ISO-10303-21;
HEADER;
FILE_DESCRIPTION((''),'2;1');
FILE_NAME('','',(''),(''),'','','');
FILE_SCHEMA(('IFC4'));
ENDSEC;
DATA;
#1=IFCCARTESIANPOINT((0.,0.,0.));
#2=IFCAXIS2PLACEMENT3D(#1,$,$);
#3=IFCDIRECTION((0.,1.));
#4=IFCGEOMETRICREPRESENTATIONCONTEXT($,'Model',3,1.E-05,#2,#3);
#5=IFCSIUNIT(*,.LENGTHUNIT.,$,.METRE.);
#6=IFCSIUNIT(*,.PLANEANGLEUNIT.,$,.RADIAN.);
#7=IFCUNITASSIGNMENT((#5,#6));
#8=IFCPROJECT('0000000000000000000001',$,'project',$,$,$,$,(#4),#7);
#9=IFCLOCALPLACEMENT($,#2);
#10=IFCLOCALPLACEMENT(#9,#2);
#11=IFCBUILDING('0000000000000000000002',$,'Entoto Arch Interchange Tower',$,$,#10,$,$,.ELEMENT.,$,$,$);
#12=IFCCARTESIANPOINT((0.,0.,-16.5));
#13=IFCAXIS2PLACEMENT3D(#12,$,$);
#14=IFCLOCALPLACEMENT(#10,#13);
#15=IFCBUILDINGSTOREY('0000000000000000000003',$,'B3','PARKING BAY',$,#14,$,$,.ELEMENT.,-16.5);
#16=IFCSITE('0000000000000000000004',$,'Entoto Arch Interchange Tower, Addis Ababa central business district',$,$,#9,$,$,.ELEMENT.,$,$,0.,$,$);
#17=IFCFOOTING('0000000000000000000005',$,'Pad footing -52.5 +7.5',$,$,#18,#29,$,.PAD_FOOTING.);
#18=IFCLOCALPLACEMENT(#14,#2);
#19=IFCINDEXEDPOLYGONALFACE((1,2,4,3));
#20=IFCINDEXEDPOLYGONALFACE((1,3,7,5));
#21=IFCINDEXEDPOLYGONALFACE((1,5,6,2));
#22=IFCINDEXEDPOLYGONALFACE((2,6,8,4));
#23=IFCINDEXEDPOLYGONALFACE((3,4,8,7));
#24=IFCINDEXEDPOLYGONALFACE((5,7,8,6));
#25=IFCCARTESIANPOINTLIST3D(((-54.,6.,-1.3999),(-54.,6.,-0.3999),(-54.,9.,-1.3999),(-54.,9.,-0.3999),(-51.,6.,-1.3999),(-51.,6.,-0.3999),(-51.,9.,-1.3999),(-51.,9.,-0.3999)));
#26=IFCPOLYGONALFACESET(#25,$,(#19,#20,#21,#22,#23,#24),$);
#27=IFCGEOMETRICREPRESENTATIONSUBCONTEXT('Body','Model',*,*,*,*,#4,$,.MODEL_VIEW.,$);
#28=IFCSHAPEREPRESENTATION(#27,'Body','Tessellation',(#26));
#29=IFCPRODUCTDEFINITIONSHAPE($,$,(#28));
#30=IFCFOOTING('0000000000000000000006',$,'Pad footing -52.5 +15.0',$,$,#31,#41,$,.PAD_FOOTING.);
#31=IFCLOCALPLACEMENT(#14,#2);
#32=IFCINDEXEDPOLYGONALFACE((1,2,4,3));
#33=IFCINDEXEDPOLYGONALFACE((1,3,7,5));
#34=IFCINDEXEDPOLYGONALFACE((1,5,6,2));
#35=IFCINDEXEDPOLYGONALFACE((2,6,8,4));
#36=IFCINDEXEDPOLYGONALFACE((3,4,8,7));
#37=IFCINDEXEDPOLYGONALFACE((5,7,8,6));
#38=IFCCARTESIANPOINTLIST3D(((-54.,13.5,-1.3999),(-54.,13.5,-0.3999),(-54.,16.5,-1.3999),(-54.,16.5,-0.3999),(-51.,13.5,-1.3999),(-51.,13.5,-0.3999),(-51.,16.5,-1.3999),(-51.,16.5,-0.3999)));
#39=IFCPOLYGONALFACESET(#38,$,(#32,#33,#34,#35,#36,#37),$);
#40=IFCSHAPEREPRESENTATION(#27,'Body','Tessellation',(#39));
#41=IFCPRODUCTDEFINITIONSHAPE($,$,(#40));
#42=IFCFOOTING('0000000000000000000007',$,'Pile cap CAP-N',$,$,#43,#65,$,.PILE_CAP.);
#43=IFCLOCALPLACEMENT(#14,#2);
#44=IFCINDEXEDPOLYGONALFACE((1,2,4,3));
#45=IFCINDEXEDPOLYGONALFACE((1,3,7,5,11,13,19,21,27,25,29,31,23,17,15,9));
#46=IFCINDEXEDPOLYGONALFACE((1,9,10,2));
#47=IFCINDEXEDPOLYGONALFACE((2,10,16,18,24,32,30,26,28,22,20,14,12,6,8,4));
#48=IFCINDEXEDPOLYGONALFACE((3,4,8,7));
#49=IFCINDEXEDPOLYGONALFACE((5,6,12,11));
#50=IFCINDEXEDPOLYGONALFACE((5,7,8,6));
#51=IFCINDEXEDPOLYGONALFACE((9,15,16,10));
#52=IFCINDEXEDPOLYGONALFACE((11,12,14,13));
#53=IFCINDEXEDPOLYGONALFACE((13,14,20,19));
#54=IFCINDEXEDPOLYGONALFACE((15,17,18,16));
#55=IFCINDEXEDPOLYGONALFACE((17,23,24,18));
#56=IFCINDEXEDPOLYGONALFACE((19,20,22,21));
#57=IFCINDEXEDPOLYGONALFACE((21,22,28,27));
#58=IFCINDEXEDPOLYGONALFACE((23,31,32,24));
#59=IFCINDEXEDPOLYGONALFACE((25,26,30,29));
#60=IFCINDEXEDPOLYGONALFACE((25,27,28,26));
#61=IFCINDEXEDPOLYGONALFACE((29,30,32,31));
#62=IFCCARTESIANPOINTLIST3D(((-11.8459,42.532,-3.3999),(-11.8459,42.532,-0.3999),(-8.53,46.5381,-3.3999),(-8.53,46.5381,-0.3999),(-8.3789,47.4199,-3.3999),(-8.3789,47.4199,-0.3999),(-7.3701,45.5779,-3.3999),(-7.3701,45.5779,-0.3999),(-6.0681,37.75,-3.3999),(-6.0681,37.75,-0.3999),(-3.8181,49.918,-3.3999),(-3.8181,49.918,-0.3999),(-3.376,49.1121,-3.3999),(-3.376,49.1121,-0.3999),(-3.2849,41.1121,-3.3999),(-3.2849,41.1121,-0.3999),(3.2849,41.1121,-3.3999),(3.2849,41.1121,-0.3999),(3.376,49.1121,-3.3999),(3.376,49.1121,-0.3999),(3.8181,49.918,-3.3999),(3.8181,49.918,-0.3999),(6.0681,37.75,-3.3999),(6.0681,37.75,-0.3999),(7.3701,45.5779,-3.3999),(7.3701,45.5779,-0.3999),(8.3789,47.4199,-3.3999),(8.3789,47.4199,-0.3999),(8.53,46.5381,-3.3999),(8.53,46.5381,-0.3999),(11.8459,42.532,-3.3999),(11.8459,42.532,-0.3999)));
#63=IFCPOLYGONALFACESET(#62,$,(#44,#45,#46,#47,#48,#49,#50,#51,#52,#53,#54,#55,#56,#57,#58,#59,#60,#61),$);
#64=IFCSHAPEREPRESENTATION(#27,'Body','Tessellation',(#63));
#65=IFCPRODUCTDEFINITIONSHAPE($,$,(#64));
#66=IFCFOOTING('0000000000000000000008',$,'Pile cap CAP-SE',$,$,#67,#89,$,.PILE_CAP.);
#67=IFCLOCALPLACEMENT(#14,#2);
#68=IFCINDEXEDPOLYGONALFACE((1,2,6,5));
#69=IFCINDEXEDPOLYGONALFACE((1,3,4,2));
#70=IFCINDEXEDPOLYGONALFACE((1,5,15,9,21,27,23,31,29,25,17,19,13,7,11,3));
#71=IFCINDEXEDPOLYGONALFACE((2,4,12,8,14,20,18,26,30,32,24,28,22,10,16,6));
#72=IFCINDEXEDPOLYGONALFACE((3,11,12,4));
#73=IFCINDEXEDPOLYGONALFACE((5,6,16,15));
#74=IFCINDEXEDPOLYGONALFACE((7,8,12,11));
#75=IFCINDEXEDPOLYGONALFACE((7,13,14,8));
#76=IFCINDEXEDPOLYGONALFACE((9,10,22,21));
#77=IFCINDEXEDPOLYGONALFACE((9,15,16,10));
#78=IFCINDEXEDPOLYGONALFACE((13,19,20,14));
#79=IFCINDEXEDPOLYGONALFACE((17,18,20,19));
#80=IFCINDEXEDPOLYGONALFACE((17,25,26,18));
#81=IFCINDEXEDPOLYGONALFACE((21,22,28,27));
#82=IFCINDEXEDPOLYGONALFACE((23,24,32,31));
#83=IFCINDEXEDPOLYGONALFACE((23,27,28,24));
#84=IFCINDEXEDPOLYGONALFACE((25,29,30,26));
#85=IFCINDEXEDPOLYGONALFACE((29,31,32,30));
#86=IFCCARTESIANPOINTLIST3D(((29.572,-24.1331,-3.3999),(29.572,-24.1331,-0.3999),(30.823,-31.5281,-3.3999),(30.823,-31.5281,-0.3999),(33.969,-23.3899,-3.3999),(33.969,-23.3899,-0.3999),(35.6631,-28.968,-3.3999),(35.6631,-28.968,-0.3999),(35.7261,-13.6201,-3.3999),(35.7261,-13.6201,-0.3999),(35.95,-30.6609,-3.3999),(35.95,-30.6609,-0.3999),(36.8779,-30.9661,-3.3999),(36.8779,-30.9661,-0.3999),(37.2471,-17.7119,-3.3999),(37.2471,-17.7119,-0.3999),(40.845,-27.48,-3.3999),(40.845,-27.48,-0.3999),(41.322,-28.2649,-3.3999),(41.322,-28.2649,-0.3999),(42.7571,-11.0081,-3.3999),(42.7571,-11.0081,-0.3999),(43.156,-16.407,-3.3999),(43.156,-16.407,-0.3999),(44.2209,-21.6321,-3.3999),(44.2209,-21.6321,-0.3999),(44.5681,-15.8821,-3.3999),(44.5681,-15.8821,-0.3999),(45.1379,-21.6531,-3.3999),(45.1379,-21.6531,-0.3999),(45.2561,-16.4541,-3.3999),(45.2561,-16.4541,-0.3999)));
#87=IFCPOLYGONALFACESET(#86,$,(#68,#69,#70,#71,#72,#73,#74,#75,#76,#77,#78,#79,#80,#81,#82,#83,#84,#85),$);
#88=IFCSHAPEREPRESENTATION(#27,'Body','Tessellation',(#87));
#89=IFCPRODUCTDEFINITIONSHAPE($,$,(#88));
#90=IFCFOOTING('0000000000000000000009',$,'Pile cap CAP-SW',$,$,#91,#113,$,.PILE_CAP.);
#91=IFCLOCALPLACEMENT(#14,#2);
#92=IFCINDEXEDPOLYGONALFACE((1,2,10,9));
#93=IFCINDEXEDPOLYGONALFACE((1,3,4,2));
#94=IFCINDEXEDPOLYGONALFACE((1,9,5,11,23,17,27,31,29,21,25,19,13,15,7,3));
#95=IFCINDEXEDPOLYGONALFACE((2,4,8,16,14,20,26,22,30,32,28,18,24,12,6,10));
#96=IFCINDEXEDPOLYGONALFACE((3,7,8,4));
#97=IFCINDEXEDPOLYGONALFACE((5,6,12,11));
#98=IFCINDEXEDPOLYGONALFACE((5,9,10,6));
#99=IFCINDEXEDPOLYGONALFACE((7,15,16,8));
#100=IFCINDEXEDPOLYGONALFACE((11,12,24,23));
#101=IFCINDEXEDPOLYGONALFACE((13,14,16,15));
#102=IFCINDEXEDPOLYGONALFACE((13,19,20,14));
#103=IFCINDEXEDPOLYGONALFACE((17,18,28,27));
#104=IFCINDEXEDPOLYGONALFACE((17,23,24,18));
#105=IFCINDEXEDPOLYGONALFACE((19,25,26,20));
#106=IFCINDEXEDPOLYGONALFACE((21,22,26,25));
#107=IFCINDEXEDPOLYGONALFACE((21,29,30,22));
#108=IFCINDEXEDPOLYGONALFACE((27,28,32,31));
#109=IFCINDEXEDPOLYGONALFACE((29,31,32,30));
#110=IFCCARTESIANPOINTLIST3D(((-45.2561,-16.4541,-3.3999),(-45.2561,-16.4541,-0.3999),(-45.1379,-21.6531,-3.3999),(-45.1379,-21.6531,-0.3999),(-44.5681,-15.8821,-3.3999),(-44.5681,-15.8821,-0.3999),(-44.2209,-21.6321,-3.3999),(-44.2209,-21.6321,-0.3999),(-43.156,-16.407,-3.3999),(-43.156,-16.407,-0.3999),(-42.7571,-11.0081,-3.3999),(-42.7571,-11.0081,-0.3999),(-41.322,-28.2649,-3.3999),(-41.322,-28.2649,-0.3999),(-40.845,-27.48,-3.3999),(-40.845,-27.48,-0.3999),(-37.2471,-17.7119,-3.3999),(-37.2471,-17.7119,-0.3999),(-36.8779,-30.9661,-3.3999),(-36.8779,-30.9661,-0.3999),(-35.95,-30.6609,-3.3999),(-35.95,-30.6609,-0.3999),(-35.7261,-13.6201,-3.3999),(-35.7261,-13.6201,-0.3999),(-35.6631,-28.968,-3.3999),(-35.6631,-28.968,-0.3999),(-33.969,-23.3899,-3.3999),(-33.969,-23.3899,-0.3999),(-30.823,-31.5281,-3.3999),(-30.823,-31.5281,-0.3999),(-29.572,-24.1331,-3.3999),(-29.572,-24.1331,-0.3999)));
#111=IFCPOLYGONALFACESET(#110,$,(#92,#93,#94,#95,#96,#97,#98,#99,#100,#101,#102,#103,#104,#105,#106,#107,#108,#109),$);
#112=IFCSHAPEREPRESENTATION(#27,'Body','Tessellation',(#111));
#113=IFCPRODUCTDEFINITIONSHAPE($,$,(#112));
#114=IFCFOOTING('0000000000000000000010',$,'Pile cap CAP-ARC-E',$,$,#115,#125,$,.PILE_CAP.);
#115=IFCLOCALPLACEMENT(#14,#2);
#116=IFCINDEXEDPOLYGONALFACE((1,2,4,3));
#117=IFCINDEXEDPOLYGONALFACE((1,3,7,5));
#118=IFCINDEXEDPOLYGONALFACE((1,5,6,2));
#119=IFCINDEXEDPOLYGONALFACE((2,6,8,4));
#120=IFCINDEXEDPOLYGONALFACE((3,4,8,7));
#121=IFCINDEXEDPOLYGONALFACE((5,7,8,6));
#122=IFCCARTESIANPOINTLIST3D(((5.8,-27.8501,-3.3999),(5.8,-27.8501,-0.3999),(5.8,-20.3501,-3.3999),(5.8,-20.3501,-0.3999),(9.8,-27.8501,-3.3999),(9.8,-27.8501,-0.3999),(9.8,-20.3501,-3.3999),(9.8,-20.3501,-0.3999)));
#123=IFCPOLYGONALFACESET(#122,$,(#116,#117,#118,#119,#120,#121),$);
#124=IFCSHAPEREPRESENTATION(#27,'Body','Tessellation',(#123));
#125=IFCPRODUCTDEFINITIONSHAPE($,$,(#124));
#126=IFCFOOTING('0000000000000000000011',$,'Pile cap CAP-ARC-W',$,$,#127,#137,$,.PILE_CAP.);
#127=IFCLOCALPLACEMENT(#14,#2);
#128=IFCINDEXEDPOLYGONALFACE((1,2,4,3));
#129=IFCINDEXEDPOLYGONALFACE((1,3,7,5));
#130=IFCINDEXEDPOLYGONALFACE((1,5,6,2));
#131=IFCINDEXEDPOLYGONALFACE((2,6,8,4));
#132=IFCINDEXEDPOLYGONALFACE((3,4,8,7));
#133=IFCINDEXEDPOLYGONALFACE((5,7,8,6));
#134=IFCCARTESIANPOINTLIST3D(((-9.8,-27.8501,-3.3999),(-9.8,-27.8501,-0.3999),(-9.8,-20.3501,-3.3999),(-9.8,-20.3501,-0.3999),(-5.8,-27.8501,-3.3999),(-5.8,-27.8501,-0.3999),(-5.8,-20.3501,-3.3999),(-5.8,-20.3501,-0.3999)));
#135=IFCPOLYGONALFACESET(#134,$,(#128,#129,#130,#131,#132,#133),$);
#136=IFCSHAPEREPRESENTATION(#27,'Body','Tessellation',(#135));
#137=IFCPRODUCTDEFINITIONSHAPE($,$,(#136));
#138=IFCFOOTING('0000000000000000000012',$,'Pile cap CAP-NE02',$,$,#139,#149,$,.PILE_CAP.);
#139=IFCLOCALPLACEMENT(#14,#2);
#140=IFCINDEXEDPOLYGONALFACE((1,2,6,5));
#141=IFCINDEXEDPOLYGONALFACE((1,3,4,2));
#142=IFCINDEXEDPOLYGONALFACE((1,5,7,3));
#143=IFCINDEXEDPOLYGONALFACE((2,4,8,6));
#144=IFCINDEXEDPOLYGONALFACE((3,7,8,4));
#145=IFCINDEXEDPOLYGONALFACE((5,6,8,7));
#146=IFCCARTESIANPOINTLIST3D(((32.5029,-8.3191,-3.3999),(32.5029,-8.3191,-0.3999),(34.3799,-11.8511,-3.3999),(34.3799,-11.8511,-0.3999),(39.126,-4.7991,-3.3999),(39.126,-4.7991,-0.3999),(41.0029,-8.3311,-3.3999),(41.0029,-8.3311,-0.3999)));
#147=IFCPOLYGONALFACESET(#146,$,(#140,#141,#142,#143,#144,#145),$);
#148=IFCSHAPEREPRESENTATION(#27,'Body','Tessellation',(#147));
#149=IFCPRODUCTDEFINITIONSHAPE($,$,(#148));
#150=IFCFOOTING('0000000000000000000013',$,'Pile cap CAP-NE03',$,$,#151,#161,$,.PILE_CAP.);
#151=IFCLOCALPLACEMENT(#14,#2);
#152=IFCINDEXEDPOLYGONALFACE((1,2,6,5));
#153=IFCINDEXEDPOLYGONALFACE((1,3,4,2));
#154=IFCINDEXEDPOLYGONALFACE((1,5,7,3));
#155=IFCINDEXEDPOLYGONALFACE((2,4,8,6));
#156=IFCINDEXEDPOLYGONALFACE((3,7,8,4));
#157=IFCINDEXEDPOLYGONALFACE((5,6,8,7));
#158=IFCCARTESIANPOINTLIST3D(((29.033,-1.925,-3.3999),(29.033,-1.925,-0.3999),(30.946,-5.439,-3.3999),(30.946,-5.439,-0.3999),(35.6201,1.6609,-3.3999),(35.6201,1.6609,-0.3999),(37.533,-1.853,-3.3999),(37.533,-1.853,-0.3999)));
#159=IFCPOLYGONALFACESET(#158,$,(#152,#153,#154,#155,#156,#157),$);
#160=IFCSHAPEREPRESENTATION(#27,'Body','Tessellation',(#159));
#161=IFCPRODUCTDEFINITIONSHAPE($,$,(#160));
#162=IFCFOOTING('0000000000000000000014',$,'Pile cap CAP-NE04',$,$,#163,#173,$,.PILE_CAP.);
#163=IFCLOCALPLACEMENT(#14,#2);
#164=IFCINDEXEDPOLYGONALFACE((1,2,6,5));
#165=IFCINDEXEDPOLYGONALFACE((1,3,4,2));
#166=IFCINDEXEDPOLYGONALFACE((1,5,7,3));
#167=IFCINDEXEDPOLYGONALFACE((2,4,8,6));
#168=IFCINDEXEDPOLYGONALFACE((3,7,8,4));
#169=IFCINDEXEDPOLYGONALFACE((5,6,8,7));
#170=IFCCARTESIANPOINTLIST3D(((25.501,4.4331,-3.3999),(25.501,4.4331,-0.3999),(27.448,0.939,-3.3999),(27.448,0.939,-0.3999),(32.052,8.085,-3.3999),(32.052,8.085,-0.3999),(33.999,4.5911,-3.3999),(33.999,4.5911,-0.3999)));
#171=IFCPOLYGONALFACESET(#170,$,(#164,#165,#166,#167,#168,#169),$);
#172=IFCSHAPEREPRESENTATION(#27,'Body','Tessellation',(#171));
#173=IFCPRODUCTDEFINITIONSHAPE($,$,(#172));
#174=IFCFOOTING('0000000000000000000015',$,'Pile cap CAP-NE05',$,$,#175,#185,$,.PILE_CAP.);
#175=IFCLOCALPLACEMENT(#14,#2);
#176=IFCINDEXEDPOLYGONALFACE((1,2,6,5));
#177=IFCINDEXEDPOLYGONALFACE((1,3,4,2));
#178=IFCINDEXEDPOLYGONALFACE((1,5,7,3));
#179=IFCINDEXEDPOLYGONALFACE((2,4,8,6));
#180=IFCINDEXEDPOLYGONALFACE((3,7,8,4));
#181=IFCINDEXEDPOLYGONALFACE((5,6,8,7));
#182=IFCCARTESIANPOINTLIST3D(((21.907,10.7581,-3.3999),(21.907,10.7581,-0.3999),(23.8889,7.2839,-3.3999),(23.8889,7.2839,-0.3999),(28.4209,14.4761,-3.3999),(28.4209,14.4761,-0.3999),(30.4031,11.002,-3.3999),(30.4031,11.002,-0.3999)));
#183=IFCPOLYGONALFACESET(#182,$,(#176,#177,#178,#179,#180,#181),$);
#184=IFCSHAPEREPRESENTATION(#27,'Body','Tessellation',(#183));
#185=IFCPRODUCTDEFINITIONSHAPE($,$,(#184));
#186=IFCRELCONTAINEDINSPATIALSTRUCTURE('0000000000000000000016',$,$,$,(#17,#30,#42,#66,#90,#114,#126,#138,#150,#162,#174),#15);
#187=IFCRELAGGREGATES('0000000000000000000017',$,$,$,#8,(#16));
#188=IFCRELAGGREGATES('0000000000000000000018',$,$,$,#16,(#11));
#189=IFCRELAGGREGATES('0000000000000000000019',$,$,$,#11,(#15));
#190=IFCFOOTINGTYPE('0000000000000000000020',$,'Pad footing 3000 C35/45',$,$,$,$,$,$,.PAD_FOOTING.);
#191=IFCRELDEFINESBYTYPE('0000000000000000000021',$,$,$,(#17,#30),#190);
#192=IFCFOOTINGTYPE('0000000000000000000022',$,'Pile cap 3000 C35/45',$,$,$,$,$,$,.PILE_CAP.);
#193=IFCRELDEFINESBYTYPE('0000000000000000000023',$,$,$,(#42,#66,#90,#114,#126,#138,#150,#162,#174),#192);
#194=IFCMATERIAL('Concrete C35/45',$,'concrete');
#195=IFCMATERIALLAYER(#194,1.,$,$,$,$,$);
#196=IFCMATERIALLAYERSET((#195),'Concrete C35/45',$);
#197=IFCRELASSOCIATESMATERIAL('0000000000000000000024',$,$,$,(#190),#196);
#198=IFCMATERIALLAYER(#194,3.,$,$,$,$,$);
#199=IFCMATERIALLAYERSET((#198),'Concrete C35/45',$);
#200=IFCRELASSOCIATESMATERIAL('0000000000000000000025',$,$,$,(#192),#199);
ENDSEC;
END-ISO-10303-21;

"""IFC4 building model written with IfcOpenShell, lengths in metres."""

from ifc_helpers import new_model, si_unit, direction, frame, origin, place, context, subcontext, project, spatial, polyline, outline, extrude, material, layer, layer_set, type_object, element, save


model = new_model("IFC4")

# Units and contexts
model_context = context("Model", 3, precision=1e-05, world=origin(), true_north=direction((0.0, 1.0)))
body_context = subcontext(model_context, "Body", "Model", "MODEL_VIEW")
ifc_project = project(units=[si_unit("LENGTHUNIT", "METRE"), si_unit("PLANEANGLEUNIT", "RADIAN")], contexts=[model_context])

# Site, building, storey
site_placement = place(None, origin())
site = spatial("IfcSite", under=ifc_project, at=site_placement, Name="Entoto Arch Interchange Tower, Addis Ababa central business district", CompositionType="ELEMENT", RefElevation=0.0)
building_placement = place(site_placement, origin())
building = spatial("IfcBuilding", under=site, at=building_placement, Name="Entoto Arch Interchange Tower", CompositionType="ELEMENT")
storey_placement = place(building_placement, frame((0.0, 0.0, -16.5)))
storey = spatial("IfcBuildingStorey", under=building, at=storey_placement, Name="B3", Description="PARKING BAY", CompositionType="ELEMENT", Elevation=-16.5)

# Shared definitions
ifc_material = material(Name="Concrete C35/45", Category="concrete")

# Footings
ifc_layer_1 = layer(ifc_material, 1.0)
ifc_layer_set_1 = layer_set([ifc_layer_1], Name="Concrete C35/45")
footing_type_1 = type_object("IfcFootingType", Name="Pad footing 3000 C35/45", PredefinedType="PAD_FOOTING", material=ifc_layer_set_1)
footing_1_placement = place(storey_placement, frame((0.0, 0.0, -1.3999)))
element("IfcFooting", 1, at=footing_1_placement, inside=storey, type_object=footing_type_1, Name="Pad footing -52.5 +7.5", PredefinedType="PAD_FOOTING", context=body_context, shape_type="SweptSolid", body=[
    extrude(outline(polyline([(-51.0, 6.0), (-51.0, 9.0), (-54.0, 9.0), (-54.0, 6.0), (-51.0, 6.0)])), origin(), (0.0, 0.0, 1.0), 1.0),
])
footing_2_placement = place(storey_placement, frame((0.0, 0.0, -1.3999)))
element("IfcFooting", 2, at=footing_2_placement, inside=storey, type_object=footing_type_1, Name="Pad footing -52.5 +15.0", PredefinedType="PAD_FOOTING", context=body_context, shape_type="SweptSolid", body=[
    extrude(outline(polyline([(-51.0, 13.5), (-51.0, 16.5), (-54.0, 16.5), (-54.0, 13.5), (-51.0, 13.5)])), origin(), (0.0, 0.0, 1.0), 1.0),
])
ifc_layer_2 = layer(ifc_material, 3.0)
ifc_layer_set_2 = layer_set([ifc_layer_2], Name="Concrete C35/45")
footing_type_2 = type_object("IfcFootingType", Name="Pile cap 3000 C35/45", PredefinedType="PILE_CAP", material=ifc_layer_set_2)
footing_3_placement = place(storey_placement, frame((0.0, 0.0, -3.3999)))
element("IfcFooting", 3, at=footing_3_placement, inside=storey, type_object=footing_type_2, Name="Pile cap CAP-N", PredefinedType="PILE_CAP", context=body_context, shape_type="SweptSolid", body=[
    extrude(outline(polyline([(-8.53, 46.5381), (-11.8459, 42.532), (-6.0681, 37.75), (-3.2849, 41.1121), (3.2849, 41.1121), (6.0681, 37.75), (11.8459, 42.532), (8.53, 46.5381), (7.3701, 45.5779), (8.3789, 47.4199), (3.8181, 49.918), (3.376, 49.1121), (-3.376, 49.1121), (-3.8181, 49.918), (-8.3789, 47.4199), (-7.3701, 45.5779), (-8.53, 46.5381)])), origin(), (0.0, 0.0, 1.0), 3.0),
])
footing_4_placement = place(storey_placement, frame((0.0, 0.0, -3.3999)))
element("IfcFooting", 4, at=footing_4_placement, inside=storey, type_object=footing_type_2, Name="Pile cap CAP-SE", PredefinedType="PILE_CAP", context=body_context, shape_type="SweptSolid", body=[
    extrude(outline(polyline([(35.95, -30.6609), (35.6631, -28.968), (36.8779, -30.9661), (41.322, -28.2649), (40.845, -27.48), (44.2209, -21.6321), (45.1379, -21.6531), (45.2561, -16.4541), (43.156, -16.407), (44.5681, -15.8821), (42.7571, -11.0081), (35.7261, -13.6201), (37.2471, -17.7119), (33.969, -23.3899), (29.572, -24.1331), (30.823, -31.5281), (35.95, -30.6609)])), origin(), (0.0, 0.0, 1.0), 3.0),
])
footing_5_placement = place(storey_placement, frame((0.0, 0.0, -3.3999)))
element("IfcFooting", 5, at=footing_5_placement, inside=storey, type_object=footing_type_2, Name="Pile cap CAP-SW", PredefinedType="PILE_CAP", context=body_context, shape_type="SweptSolid", body=[
    extrude(outline(polyline([(-33.969, -23.3899), (-37.2471, -17.7119), (-35.7261, -13.6201), (-42.7571, -11.0081), (-44.5681, -15.8821), (-43.156, -16.407), (-45.2561, -16.4541), (-45.1379, -21.6531), (-44.2209, -21.6321), (-40.845, -27.48), (-41.322, -28.2649), (-36.8779, -30.9661), (-35.6631, -28.968), (-35.95, -30.6609), (-30.823, -31.5281), (-29.572, -24.1331), (-33.969, -23.3899)])), origin(), (0.0, 0.0, 1.0), 3.0),
])
footing_6_placement = place(storey_placement, frame((0.0, 0.0, -3.3999)))
element("IfcFooting", 6, at=footing_6_placement, inside=storey, type_object=footing_type_2, Name="Pile cap CAP-ARC-E", PredefinedType="PILE_CAP", context=body_context, shape_type="SweptSolid", body=[
    extrude(outline(polyline([(9.8, -27.8501), (9.8, -20.3501), (5.8, -20.3501), (5.8, -27.8501), (9.8, -27.8501)])), origin(), (0.0, 0.0, 1.0), 3.0),
])
footing_7_placement = place(storey_placement, frame((0.0, 0.0, -3.3999)))
element("IfcFooting", 7, at=footing_7_placement, inside=storey, type_object=footing_type_2, Name="Pile cap CAP-ARC-W", PredefinedType="PILE_CAP", context=body_context, shape_type="SweptSolid", body=[
    extrude(outline(polyline([(-5.8, -27.8501), (-5.8, -20.3501), (-9.8, -20.3501), (-9.8, -27.8501), (-5.8, -27.8501)])), origin(), (0.0, 0.0, 1.0), 3.0),
])
footing_8_placement = place(storey_placement, frame((0.0, 0.0, -3.3999)))
element("IfcFooting", 8, at=footing_8_placement, inside=storey, type_object=footing_type_2, Name="Pile cap CAP-NE02", PredefinedType="PILE_CAP", context=body_context, shape_type="SweptSolid", body=[
    extrude(outline(polyline([(39.126, -4.7991), (32.5029, -8.3191), (34.3799, -11.8511), (41.0029, -8.3311), (39.126, -4.7991)])), origin(), (0.0, 0.0, 1.0), 3.0),
])
footing_9_placement = place(storey_placement, frame((0.0, 0.0, -3.3999)))
element("IfcFooting", 9, at=footing_9_placement, inside=storey, type_object=footing_type_2, Name="Pile cap CAP-NE03", PredefinedType="PILE_CAP", context=body_context, shape_type="SweptSolid", body=[
    extrude(outline(polyline([(35.6201, 1.6609), (29.033, -1.925), (30.946, -5.439), (37.533, -1.853), (35.6201, 1.6609)])), origin(), (0.0, 0.0, 1.0), 3.0),
])
footing_10_placement = place(storey_placement, frame((0.0, 0.0, -3.3999)))
element("IfcFooting", 10, at=footing_10_placement, inside=storey, type_object=footing_type_2, Name="Pile cap CAP-NE04", PredefinedType="PILE_CAP", context=body_context, shape_type="SweptSolid", body=[
    extrude(outline(polyline([(32.052, 8.085), (25.501, 4.4331), (27.448, 0.939), (33.999, 4.5911), (32.052, 8.085)])), origin(), (0.0, 0.0, 1.0), 3.0),
])
footing_11_placement = place(storey_placement, frame((0.0, 0.0, -3.3999)))
element("IfcFooting", 11, at=footing_11_placement, inside=storey, type_object=footing_type_2, Name="Pile cap CAP-NE05", PredefinedType="PILE_CAP", context=body_context, shape_type="SweptSolid", body=[
    extrude(outline(polyline([(28.4209, 14.4761), (21.907, 10.7581), (23.8889, 7.2839), (30.4031, 11.002), (28.4209, 14.4761)])), origin(), (0.0, 0.0, 1.0), 3.0),
])

save(model, "model.ifc")
